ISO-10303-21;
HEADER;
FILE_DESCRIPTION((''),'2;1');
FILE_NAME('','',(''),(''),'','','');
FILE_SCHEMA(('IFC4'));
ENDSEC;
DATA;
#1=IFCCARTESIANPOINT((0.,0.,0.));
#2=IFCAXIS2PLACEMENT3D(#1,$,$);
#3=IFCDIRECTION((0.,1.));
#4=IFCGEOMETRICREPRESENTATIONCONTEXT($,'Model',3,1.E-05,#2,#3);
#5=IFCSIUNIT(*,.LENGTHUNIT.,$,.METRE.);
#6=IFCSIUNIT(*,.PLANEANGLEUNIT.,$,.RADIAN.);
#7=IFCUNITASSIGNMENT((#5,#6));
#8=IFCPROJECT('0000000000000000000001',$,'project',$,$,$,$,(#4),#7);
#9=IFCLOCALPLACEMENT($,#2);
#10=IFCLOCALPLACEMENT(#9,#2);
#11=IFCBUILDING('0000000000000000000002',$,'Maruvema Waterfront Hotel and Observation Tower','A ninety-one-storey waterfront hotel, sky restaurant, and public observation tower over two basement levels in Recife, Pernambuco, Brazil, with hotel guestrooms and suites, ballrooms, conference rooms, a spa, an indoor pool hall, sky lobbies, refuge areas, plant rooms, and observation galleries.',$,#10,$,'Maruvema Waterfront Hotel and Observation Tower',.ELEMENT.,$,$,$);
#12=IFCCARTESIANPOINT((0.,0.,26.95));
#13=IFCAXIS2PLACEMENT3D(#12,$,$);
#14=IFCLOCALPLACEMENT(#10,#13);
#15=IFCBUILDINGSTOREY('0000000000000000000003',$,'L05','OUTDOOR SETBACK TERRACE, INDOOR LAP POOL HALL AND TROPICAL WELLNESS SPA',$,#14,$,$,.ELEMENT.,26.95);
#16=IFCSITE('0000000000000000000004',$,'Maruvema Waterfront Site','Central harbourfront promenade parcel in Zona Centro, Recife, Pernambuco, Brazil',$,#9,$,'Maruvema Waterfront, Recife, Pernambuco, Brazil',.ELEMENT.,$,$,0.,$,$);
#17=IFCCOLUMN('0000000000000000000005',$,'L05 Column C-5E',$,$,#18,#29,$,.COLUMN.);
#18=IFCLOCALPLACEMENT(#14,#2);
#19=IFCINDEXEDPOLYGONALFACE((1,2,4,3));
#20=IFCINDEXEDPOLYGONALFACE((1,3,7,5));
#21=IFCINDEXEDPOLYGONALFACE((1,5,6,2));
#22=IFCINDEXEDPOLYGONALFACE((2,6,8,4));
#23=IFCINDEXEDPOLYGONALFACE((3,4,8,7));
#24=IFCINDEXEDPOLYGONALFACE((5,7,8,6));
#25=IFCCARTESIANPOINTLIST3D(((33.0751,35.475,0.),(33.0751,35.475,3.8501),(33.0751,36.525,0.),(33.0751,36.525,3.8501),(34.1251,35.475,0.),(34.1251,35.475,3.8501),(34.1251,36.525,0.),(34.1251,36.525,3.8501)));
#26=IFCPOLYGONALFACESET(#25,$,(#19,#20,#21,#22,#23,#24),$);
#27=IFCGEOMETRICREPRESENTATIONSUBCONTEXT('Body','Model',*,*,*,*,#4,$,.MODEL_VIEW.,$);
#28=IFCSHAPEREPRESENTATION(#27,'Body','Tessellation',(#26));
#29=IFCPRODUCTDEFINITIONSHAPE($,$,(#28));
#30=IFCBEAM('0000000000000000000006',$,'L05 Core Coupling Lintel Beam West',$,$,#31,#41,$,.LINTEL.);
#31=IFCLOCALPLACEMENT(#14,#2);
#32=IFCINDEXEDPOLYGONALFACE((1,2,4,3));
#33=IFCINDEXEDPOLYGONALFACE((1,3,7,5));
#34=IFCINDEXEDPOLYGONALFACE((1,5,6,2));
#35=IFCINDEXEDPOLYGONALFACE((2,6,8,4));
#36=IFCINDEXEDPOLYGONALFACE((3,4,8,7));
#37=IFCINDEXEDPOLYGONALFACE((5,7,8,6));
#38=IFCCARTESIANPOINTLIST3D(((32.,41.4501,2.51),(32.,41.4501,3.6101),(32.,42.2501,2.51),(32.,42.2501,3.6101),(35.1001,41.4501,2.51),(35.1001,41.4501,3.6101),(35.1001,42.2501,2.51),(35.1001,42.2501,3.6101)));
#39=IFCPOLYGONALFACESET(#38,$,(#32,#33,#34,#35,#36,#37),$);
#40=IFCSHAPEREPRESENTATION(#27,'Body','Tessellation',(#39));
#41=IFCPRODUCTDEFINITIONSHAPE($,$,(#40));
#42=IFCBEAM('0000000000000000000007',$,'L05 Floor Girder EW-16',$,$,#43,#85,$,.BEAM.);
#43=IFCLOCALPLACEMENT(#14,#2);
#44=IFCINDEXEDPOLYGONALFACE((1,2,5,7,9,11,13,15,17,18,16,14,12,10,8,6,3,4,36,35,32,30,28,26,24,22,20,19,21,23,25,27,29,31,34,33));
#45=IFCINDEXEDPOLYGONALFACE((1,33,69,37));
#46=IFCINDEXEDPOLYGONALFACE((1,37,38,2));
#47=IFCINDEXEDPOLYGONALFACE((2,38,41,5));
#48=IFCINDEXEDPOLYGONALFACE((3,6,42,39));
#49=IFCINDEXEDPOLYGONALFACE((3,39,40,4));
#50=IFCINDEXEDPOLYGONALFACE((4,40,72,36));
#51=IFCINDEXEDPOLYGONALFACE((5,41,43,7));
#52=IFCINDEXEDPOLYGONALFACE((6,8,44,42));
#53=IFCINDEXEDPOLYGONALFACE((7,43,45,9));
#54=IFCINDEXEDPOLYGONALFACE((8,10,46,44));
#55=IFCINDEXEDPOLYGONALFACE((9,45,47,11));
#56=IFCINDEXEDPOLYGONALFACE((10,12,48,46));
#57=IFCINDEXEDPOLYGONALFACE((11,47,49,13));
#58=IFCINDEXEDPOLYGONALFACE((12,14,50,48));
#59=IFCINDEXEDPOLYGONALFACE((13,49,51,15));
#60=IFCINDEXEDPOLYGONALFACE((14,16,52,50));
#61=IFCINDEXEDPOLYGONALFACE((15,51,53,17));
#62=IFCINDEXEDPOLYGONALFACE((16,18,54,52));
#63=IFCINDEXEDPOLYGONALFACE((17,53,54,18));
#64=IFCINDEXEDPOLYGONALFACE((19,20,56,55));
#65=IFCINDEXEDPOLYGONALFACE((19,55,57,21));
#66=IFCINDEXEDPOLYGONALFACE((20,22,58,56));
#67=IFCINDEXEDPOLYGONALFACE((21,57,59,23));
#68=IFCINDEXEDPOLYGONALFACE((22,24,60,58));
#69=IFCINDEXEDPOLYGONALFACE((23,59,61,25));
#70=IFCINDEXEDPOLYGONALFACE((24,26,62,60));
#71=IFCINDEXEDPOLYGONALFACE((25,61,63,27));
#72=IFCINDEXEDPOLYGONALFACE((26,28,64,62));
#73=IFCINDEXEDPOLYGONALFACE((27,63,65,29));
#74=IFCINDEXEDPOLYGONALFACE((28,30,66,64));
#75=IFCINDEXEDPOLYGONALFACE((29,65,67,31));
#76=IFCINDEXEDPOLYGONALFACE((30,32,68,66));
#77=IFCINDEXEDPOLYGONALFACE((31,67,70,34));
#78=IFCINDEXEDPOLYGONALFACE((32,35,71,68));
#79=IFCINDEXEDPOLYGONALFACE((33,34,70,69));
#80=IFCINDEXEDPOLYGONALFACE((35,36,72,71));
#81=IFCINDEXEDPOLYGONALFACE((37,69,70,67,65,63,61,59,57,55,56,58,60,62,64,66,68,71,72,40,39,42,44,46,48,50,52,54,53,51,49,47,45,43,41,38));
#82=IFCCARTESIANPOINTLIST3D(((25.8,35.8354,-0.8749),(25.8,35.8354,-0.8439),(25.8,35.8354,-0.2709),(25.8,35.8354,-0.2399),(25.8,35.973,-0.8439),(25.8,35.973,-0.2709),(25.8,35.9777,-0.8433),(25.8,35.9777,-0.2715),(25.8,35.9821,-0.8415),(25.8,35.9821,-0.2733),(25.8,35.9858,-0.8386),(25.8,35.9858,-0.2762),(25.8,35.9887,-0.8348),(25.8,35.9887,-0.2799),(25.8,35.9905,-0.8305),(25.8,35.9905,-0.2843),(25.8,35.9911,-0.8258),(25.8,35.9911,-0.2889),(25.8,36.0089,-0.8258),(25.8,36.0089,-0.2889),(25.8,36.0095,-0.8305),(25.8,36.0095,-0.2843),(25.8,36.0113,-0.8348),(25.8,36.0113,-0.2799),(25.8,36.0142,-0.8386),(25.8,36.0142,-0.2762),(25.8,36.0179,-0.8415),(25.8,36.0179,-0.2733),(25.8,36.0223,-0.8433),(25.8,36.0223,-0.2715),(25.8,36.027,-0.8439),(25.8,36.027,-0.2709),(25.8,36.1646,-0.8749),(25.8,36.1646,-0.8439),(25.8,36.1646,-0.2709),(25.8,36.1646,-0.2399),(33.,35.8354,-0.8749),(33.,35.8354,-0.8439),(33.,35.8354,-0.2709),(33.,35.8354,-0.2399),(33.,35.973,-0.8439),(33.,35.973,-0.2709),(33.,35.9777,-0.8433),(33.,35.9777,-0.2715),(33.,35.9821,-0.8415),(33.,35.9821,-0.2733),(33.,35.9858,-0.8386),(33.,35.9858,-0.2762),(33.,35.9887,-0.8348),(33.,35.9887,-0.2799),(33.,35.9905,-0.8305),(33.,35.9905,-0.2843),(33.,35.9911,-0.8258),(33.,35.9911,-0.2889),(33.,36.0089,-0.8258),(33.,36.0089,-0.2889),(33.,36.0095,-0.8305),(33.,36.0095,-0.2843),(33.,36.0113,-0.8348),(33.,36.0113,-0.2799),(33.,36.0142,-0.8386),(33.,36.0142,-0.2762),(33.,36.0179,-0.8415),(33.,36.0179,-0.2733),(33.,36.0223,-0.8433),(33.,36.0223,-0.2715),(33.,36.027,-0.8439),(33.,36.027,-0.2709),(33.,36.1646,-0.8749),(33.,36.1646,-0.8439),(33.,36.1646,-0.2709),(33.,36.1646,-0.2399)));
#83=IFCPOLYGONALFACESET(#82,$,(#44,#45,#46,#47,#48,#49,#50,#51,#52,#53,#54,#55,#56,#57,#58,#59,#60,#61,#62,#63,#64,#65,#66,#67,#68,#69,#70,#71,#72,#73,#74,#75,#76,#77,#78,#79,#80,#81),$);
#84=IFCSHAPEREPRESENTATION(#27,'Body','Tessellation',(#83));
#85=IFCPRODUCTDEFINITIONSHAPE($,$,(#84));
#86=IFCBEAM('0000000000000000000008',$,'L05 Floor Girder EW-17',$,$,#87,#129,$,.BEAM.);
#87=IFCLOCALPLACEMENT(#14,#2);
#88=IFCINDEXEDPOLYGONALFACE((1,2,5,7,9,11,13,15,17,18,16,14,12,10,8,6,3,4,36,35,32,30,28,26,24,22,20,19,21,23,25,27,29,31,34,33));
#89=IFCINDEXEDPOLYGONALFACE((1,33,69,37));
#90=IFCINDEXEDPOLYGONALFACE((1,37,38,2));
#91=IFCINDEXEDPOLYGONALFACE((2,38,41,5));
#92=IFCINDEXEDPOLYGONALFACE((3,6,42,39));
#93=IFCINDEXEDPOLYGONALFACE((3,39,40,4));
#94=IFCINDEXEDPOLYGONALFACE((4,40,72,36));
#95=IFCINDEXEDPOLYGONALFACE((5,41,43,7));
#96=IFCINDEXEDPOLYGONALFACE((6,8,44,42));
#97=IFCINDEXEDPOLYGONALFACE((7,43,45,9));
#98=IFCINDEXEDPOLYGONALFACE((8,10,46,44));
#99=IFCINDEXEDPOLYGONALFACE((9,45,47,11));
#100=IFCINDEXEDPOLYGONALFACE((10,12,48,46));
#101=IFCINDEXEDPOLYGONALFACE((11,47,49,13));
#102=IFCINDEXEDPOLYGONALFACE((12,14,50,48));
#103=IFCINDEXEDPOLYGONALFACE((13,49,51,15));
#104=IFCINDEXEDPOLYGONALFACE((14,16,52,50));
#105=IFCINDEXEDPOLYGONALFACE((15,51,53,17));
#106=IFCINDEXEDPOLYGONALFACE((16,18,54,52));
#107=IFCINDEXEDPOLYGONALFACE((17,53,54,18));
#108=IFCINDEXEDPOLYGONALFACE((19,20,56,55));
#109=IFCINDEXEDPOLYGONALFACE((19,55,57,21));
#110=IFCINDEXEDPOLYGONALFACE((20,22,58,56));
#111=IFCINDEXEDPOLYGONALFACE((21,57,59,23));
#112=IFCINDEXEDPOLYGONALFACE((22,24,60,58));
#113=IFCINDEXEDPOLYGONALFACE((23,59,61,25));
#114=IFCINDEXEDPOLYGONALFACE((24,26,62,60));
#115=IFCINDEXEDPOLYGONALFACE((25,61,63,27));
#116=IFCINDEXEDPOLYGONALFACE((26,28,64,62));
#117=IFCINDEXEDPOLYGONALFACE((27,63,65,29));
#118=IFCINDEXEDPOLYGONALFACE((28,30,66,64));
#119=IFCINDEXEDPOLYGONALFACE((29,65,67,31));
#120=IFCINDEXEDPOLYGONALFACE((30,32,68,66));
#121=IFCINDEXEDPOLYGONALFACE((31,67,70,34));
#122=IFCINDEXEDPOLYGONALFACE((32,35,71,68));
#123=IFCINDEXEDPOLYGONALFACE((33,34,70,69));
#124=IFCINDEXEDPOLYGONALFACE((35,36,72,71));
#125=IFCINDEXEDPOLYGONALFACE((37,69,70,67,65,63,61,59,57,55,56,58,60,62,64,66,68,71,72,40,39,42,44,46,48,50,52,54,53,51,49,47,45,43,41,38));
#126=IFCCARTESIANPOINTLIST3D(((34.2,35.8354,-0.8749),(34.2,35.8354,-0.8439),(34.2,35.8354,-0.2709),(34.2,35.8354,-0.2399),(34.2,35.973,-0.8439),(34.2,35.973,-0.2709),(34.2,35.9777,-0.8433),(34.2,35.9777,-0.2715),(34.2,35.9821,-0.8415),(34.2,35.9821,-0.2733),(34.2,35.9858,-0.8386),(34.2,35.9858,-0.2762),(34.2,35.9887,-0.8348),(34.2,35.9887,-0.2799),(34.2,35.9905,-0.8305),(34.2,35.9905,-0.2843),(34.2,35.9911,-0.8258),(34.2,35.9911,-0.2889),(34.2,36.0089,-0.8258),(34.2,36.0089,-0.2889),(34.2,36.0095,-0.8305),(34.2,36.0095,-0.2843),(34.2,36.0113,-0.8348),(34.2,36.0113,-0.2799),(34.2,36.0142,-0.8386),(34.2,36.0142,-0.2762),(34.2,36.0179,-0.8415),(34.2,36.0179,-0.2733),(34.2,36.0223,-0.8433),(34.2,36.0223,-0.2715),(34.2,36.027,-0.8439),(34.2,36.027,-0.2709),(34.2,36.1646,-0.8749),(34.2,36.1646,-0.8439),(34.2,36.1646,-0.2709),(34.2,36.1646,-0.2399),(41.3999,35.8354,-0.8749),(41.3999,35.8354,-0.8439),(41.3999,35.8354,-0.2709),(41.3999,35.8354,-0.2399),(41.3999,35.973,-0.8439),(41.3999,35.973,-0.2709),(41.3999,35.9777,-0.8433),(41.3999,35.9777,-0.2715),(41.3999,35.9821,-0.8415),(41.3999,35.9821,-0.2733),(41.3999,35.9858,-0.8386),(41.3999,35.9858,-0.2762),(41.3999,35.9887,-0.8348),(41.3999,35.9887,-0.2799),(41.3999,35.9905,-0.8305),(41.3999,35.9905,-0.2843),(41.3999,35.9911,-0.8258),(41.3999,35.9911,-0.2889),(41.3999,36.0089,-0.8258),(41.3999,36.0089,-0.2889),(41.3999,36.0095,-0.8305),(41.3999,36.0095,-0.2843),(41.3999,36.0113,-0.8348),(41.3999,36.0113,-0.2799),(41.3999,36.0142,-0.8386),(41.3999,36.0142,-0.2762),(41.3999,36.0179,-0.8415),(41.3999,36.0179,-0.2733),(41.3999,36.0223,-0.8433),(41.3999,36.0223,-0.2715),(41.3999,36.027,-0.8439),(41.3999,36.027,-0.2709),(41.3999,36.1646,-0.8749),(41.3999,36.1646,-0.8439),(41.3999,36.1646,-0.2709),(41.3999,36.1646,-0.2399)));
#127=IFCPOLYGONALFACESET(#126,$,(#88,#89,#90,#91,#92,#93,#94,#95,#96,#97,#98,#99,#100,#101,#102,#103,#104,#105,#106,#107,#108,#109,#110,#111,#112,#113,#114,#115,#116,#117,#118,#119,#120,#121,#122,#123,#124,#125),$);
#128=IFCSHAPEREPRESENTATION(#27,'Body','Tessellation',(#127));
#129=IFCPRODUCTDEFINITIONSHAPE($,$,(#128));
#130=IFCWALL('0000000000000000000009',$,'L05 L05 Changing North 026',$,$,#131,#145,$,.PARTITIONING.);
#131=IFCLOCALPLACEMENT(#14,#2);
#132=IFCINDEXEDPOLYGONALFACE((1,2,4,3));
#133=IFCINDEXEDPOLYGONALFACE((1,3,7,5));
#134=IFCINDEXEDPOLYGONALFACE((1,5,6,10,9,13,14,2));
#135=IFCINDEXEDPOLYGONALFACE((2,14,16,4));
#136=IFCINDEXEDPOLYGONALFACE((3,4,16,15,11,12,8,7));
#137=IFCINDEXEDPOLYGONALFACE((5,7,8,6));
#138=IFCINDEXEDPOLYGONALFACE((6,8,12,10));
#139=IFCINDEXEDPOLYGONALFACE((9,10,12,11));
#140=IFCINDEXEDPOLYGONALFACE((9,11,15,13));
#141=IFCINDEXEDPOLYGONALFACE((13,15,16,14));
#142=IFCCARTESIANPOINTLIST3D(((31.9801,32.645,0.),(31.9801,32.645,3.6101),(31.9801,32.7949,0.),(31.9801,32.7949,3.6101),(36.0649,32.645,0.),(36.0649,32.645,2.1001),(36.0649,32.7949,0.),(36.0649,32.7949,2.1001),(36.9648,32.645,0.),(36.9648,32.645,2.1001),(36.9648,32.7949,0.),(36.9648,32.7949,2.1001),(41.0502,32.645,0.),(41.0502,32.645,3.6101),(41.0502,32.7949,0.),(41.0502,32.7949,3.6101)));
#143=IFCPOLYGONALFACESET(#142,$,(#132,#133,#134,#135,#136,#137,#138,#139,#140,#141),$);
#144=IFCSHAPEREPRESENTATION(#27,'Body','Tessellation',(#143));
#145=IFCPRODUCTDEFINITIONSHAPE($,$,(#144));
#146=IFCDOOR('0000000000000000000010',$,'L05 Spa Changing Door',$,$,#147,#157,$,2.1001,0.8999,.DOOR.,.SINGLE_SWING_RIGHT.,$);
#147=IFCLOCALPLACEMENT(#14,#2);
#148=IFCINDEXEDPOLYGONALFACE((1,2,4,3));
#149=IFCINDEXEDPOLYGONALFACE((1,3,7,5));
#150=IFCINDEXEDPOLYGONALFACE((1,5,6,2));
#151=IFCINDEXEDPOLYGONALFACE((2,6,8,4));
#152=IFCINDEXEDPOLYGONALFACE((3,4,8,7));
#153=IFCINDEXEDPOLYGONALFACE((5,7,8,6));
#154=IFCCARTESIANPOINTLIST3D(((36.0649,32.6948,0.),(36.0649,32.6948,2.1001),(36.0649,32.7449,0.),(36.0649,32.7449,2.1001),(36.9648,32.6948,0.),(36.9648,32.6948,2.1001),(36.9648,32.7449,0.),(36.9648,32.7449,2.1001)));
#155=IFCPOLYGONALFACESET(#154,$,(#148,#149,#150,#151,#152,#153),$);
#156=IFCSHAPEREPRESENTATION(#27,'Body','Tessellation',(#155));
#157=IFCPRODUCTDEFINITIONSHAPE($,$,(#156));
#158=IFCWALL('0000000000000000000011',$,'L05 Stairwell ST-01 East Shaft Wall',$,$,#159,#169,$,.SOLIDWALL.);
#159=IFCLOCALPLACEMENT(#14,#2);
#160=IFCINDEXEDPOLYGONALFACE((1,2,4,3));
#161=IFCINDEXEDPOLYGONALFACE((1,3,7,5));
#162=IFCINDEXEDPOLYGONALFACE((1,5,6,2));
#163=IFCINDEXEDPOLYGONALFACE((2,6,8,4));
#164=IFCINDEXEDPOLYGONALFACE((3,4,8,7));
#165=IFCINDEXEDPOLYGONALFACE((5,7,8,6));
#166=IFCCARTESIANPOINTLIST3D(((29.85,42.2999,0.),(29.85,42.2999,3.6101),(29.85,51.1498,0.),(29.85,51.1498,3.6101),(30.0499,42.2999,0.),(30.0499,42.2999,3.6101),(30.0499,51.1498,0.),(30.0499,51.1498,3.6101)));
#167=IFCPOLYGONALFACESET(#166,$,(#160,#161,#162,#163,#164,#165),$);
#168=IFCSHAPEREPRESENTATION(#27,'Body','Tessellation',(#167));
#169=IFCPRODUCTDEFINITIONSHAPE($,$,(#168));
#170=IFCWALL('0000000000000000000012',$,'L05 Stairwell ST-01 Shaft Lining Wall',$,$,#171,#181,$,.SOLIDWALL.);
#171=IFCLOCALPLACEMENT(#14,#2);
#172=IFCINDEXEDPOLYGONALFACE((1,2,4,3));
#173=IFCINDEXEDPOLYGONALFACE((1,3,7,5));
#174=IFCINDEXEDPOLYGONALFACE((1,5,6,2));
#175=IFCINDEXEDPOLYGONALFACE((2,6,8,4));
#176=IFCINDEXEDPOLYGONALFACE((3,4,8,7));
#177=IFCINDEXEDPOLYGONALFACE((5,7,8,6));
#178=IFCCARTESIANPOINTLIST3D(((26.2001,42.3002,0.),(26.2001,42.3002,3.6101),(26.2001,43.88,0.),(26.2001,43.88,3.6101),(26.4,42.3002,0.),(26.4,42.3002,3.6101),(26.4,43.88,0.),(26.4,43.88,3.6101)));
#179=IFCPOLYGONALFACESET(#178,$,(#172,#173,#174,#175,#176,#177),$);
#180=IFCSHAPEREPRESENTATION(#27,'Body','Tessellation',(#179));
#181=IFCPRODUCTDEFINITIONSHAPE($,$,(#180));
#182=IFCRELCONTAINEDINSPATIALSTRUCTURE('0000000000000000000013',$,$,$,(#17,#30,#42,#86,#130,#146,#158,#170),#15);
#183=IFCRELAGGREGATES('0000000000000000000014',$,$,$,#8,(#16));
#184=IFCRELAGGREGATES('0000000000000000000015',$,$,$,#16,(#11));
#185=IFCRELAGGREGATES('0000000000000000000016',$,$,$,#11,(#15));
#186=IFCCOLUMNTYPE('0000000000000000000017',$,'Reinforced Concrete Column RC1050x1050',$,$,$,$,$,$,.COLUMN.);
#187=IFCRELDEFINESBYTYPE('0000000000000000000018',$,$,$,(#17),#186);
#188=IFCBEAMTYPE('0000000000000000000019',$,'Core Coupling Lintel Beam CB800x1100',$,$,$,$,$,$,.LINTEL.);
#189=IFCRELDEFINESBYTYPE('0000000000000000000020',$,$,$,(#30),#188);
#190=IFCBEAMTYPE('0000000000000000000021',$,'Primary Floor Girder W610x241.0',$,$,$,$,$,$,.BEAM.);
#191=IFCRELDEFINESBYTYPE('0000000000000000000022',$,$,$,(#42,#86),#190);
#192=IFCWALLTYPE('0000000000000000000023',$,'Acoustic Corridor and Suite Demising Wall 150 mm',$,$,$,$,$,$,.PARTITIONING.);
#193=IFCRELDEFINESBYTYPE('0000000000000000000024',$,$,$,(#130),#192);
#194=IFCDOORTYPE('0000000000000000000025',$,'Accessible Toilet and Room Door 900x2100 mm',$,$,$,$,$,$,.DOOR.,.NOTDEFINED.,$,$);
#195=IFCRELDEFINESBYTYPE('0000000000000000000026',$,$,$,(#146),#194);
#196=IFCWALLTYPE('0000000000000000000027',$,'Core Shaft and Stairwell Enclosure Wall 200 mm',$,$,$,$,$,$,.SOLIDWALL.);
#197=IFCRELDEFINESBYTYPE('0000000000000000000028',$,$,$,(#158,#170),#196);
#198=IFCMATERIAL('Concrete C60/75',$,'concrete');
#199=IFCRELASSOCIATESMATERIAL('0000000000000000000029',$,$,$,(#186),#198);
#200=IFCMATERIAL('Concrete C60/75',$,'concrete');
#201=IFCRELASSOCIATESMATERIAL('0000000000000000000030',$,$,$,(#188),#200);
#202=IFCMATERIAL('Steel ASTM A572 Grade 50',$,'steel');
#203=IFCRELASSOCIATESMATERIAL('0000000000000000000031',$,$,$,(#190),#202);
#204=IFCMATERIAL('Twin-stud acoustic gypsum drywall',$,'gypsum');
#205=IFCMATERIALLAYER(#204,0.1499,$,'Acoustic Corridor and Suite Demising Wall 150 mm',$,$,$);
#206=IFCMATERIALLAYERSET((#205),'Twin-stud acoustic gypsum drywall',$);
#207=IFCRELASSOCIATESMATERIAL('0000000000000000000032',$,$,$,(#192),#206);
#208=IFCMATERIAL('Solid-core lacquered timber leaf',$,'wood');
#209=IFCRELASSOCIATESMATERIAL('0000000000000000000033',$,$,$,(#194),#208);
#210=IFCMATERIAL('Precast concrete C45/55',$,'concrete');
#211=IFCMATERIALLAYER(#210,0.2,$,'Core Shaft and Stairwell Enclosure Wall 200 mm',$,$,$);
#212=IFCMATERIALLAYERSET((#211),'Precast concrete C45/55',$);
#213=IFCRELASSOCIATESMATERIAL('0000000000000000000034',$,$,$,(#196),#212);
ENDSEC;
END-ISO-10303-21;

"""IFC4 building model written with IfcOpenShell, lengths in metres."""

from ifc_helpers import new_model, si_unit, direction, frame, frame_2d, origin, origin_2d, place, context, subcontext, project, spatial, rectangle, i_section, extrude, material, layer, layer_set, material_profile, profile_set, type_object, element, fill, save


model = new_model("IFC4")

# Units and contexts
model_context = context("Model", 3, precision=1e-05, world=origin(), true_north=direction((0.0, 1.0)))
body_context = subcontext(model_context, "Body", "Model", "MODEL_VIEW")
ifc_project = project(units=[si_unit("LENGTHUNIT", "METRE"), si_unit("PLANEANGLEUNIT", "RADIAN")], contexts=[model_context])

# Site, building, storey
site_placement = place(None, origin())
site = spatial("IfcSite", under=ifc_project, at=site_placement, Name="Maruvema Waterfront Site", Description="Central harbourfront promenade parcel in Zona Centro, Recife, Pernambuco, Brazil", LongName="Maruvema Waterfront, Recife, Pernambuco, Brazil", CompositionType="ELEMENT", RefElevation=0.0)
building_placement = place(site_placement, origin())
building = spatial("IfcBuilding", under=site, at=building_placement, Name="Maruvema Waterfront Hotel and Observation Tower", Description="A ninety-one-storey waterfront hotel, sky restaurant, and public observation tower over two basement levels in Recife, Pernambuco, Brazil, with hotel guestrooms and suites, ballrooms, conference rooms, a spa, an indoor pool hall, sky lobbies, refuge areas, plant rooms, and observation galleries.", LongName="Maruvema Waterfront Hotel and Observation Tower", CompositionType="ELEMENT")
storey_placement = place(building_placement, frame((0.0, 0.0, 26.95)))
storey = spatial("IfcBuildingStorey", under=building, at=storey_placement, Name="L05", Description="OUTDOOR SETBACK TERRACE, INDOOR LAP POOL HALL AND TROPICAL WELLNESS SPA", CompositionType="ELEMENT", Elevation=26.95)

# Column
ifc_material_1 = material(Name="Concrete C60/75", Category="concrete")
ifc_material_profile_1 = material_profile(ifc_material_1, rectangle(XDim=1.05, YDim=1.05, at=origin_2d()), Name="RC1050x1050")
ifc_profile_set_1 = profile_set([ifc_material_profile_1], Name="Concrete C60/75")
column_type = type_object("IfcColumnType", Name="Reinforced Concrete Column RC1050x1050", PredefinedType="COLUMN", material=ifc_profile_set_1)
column_placement = place(storey_placement, frame((33.6001, 36.0, 0.0), z_axis=(0.0, 0.0, 1.0), x_axis=(1.0, 0.0, 0.0)))
element("IfcColumn", 1, at=column_placement, inside=storey, type_object=column_type, Name="L05 Column C-5E", PredefinedType="COLUMN", context=body_context, shape_type="SweptSolid", body=[
    extrude(rectangle(XDim=1.05, YDim=1.05, at=origin_2d()), origin(), (0.0, 0.0, 1.0), 3.8501),
])

# Beams
ifc_material_2 = material(Name="Concrete C60/75", Category="concrete")
ifc_material_profile_2 = material_profile(ifc_material_2, rectangle(XDim=0.8, YDim=1.1001, at=origin_2d()), Name="CB800x1100")
ifc_profile_set_2 = profile_set([ifc_material_profile_2], Name="Concrete C60/75")
beam_type_1 = type_object("IfcBeamType", Name="Core Coupling Lintel Beam CB800x1100", PredefinedType="LINTEL", material=ifc_profile_set_2)
beam_placement = place(storey_placement, frame((32.0, 41.8501, 3.0601), z_axis=(1.0, 0.0, 0.0), x_axis=(0.0, 1.0, 0.0)))
element("IfcBeam", 2, at=beam_placement, inside=storey, type_object=beam_type_1, Name="L05 Core Coupling Lintel Beam West", PredefinedType="LINTEL", context=body_context, shape_type="SweptSolid", body=[
    extrude(rectangle(XDim=0.8, YDim=1.1001, at=origin_2d()), origin(), (0.0, 0.0, 1.0), 3.1001),
])
ifc_material_3 = material(Name="Steel ASTM A572 Grade 50", Category="steel")
ifc_material_profile_3 = material_profile(ifc_material_3, i_section(OverallWidth=0.3291, OverallDepth=0.635, WebThickness=0.0178, FlangeThickness=0.031, FilletRadius=0.0181, at=origin_2d()), Name="W610x241.0")
ifc_profile_set_3 = profile_set([ifc_material_profile_3], Name="Steel ASTM A572 Grade 50")
beam_type_2 = type_object("IfcBeamType", Name="Primary Floor Girder W610x241.0", PredefinedType="BEAM", material=ifc_profile_set_3)
for number, where, z_axis, x_axis, name in (
    (3, (25.8, 36.0, -0.5574), (1.0, 0.0, 0.0), (0.0, 1.0, 0.0), "L05 Floor Girder EW-16"),
    (4, (34.2, 36.0, -0.5574), (1.0, 0.0, 0.0), (0.0, 1.0, 0.0), "L05 Floor Girder EW-17"),
):
    element("IfcBeam", number, at=place(storey_placement, frame(where, z_axis=z_axis, x_axis=x_axis)), inside=storey, type_object=beam_type_2, Name=name, PredefinedType="BEAM", context=body_context, shape_type="SweptSolid", body=[
        extrude(i_section(OverallWidth=0.3291, OverallDepth=0.635, WebThickness=0.0178, FlangeThickness=0.031, FilletRadius=0.0181, at=origin_2d()), origin(), (0.0, 0.0, 1.0), 7.2),
    ])

# Wall, opening, door
ifc_material_4 = material(Name="Twin-stud acoustic gypsum drywall", Category="gypsum")
ifc_layer_1 = layer(ifc_material_4, 0.1499, Name="Acoustic Corridor and Suite Demising Wall 150 mm")
ifc_layer_set_1 = layer_set([ifc_layer_1], Name="Twin-stud acoustic gypsum drywall")
wall_type_1 = type_object("IfcWallType", Name="Acoustic Corridor and Suite Demising Wall 150 mm", PredefinedType="PARTITIONING", material=ifc_layer_set_1)
wall_1_placement = place(storey_placement, frame((31.98, 32.72, 0.0), z_axis=(0.0, 0.0, 1.0), x_axis=(1.0, 0.0, 0.0)))
wall_1 = element("IfcWall", 5, at=wall_1_placement, inside=storey, type_object=wall_type_1, Name="L05 L05 Changing North 026", PredefinedType="PARTITIONING", context=body_context, shape_type="SweptSolid", body=[
    extrude(rectangle(XDim=9.0701, YDim=0.1499, at=frame_2d((4.5352, 0.0))), origin(), (0.0, 0.0, 1.0), 3.6101),
])
opening_1_placement = place(wall_1_placement, frame((4.085, 0.0, 0.0)))
opening_1 = element("IfcOpeningElement", 6, at=opening_1_placement, cuts=wall_1, PredefinedType="OPENING", context=body_context, shape_type="SweptSolid", body=[
    extrude(rectangle(XDim=0.8999, YDim=2.1001, at=frame_2d((0.45, 1.05))), frame((0.0, 0.085, 0.0), z_axis=(0.0, -1.0, 0.0), x_axis=(1.0, 0.0, 0.0)), (0.0, 0.0, 1.0), 0.1699),
])
ifc_material_5 = material(Name="Solid-core lacquered timber leaf", Category="wood")
door_type_1 = type_object("IfcDoorType", Name="Accessible Toilet and Room Door 900x2100 mm", OperationType="NOTDEFINED", PredefinedType="DOOR", material=ifc_material_5)
door_1_placement = place(opening_1_placement, origin())
door_1 = element("IfcDoor", 7, at=door_1_placement, inside=storey, type_object=door_type_1, Name="L05 Spa Changing Door", OperationType="SINGLE_SWING_RIGHT", OverallHeight=2.1001, OverallWidth=0.8999, PredefinedType="DOOR", context=body_context, shape_type="SweptSolid", body=[
    extrude(rectangle(XDim=0.8999, YDim=2.1001, at=frame_2d((0.45, 1.05))), frame((0.0, 0.0249, 0.0), z_axis=(0.0, -1.0, 0.0), x_axis=(1.0, 0.0, 0.0)), (0.0, 0.0, 1.0), 0.05),
])
fill(opening_1, door_1)

# Walls
ifc_material_6 = material(Name="Precast concrete C45/55", Category="concrete")
ifc_layer_2 = layer(ifc_material_6, 0.2, Name="Core Shaft and Stairwell Enclosure Wall 200 mm")
ifc_layer_set_2 = layer_set([ifc_layer_2], Name="Precast concrete C45/55")
wall_type_2 = type_object("IfcWallType", Name="Core Shaft and Stairwell Enclosure Wall 200 mm", PredefinedType="SOLIDWALL", material=ifc_layer_set_2)
wall_2_placement = place(storey_placement, frame((29.95, 42.3, 0.0), z_axis=(0.0, 0.0, 1.0), x_axis=(0.0, 1.0, 0.0)))
element("IfcWall", 8, at=wall_2_placement, inside=storey, type_object=wall_type_2, Name="L05 Stairwell ST-01 East Shaft Wall", PredefinedType="SOLIDWALL", context=body_context, shape_type="SweptSolid", body=[
    extrude(rectangle(XDim=8.8499, YDim=0.2, at=frame_2d((4.4248, 0.0))), origin(), (0.0, 0.0, 1.0), 3.6101),
])
wall_3_placement = place(storey_placement, frame((26.3, 42.3, 0.0), z_axis=(0.0, 0.0, 1.0), x_axis=(0.0, 1.0, 0.0)))
element("IfcWall", 9, at=wall_3_placement, inside=storey, type_object=wall_type_2, Name="L05 Stairwell ST-01 Shaft Lining Wall", PredefinedType="SOLIDWALL", context=body_context, shape_type="SweptSolid", body=[
    extrude(rectangle(XDim=1.5798, YDim=0.2, at=frame_2d((0.79, 0.0))), origin(), (0.0, 0.0, 1.0), 3.6101),
])

save(model, "model.ifc")
